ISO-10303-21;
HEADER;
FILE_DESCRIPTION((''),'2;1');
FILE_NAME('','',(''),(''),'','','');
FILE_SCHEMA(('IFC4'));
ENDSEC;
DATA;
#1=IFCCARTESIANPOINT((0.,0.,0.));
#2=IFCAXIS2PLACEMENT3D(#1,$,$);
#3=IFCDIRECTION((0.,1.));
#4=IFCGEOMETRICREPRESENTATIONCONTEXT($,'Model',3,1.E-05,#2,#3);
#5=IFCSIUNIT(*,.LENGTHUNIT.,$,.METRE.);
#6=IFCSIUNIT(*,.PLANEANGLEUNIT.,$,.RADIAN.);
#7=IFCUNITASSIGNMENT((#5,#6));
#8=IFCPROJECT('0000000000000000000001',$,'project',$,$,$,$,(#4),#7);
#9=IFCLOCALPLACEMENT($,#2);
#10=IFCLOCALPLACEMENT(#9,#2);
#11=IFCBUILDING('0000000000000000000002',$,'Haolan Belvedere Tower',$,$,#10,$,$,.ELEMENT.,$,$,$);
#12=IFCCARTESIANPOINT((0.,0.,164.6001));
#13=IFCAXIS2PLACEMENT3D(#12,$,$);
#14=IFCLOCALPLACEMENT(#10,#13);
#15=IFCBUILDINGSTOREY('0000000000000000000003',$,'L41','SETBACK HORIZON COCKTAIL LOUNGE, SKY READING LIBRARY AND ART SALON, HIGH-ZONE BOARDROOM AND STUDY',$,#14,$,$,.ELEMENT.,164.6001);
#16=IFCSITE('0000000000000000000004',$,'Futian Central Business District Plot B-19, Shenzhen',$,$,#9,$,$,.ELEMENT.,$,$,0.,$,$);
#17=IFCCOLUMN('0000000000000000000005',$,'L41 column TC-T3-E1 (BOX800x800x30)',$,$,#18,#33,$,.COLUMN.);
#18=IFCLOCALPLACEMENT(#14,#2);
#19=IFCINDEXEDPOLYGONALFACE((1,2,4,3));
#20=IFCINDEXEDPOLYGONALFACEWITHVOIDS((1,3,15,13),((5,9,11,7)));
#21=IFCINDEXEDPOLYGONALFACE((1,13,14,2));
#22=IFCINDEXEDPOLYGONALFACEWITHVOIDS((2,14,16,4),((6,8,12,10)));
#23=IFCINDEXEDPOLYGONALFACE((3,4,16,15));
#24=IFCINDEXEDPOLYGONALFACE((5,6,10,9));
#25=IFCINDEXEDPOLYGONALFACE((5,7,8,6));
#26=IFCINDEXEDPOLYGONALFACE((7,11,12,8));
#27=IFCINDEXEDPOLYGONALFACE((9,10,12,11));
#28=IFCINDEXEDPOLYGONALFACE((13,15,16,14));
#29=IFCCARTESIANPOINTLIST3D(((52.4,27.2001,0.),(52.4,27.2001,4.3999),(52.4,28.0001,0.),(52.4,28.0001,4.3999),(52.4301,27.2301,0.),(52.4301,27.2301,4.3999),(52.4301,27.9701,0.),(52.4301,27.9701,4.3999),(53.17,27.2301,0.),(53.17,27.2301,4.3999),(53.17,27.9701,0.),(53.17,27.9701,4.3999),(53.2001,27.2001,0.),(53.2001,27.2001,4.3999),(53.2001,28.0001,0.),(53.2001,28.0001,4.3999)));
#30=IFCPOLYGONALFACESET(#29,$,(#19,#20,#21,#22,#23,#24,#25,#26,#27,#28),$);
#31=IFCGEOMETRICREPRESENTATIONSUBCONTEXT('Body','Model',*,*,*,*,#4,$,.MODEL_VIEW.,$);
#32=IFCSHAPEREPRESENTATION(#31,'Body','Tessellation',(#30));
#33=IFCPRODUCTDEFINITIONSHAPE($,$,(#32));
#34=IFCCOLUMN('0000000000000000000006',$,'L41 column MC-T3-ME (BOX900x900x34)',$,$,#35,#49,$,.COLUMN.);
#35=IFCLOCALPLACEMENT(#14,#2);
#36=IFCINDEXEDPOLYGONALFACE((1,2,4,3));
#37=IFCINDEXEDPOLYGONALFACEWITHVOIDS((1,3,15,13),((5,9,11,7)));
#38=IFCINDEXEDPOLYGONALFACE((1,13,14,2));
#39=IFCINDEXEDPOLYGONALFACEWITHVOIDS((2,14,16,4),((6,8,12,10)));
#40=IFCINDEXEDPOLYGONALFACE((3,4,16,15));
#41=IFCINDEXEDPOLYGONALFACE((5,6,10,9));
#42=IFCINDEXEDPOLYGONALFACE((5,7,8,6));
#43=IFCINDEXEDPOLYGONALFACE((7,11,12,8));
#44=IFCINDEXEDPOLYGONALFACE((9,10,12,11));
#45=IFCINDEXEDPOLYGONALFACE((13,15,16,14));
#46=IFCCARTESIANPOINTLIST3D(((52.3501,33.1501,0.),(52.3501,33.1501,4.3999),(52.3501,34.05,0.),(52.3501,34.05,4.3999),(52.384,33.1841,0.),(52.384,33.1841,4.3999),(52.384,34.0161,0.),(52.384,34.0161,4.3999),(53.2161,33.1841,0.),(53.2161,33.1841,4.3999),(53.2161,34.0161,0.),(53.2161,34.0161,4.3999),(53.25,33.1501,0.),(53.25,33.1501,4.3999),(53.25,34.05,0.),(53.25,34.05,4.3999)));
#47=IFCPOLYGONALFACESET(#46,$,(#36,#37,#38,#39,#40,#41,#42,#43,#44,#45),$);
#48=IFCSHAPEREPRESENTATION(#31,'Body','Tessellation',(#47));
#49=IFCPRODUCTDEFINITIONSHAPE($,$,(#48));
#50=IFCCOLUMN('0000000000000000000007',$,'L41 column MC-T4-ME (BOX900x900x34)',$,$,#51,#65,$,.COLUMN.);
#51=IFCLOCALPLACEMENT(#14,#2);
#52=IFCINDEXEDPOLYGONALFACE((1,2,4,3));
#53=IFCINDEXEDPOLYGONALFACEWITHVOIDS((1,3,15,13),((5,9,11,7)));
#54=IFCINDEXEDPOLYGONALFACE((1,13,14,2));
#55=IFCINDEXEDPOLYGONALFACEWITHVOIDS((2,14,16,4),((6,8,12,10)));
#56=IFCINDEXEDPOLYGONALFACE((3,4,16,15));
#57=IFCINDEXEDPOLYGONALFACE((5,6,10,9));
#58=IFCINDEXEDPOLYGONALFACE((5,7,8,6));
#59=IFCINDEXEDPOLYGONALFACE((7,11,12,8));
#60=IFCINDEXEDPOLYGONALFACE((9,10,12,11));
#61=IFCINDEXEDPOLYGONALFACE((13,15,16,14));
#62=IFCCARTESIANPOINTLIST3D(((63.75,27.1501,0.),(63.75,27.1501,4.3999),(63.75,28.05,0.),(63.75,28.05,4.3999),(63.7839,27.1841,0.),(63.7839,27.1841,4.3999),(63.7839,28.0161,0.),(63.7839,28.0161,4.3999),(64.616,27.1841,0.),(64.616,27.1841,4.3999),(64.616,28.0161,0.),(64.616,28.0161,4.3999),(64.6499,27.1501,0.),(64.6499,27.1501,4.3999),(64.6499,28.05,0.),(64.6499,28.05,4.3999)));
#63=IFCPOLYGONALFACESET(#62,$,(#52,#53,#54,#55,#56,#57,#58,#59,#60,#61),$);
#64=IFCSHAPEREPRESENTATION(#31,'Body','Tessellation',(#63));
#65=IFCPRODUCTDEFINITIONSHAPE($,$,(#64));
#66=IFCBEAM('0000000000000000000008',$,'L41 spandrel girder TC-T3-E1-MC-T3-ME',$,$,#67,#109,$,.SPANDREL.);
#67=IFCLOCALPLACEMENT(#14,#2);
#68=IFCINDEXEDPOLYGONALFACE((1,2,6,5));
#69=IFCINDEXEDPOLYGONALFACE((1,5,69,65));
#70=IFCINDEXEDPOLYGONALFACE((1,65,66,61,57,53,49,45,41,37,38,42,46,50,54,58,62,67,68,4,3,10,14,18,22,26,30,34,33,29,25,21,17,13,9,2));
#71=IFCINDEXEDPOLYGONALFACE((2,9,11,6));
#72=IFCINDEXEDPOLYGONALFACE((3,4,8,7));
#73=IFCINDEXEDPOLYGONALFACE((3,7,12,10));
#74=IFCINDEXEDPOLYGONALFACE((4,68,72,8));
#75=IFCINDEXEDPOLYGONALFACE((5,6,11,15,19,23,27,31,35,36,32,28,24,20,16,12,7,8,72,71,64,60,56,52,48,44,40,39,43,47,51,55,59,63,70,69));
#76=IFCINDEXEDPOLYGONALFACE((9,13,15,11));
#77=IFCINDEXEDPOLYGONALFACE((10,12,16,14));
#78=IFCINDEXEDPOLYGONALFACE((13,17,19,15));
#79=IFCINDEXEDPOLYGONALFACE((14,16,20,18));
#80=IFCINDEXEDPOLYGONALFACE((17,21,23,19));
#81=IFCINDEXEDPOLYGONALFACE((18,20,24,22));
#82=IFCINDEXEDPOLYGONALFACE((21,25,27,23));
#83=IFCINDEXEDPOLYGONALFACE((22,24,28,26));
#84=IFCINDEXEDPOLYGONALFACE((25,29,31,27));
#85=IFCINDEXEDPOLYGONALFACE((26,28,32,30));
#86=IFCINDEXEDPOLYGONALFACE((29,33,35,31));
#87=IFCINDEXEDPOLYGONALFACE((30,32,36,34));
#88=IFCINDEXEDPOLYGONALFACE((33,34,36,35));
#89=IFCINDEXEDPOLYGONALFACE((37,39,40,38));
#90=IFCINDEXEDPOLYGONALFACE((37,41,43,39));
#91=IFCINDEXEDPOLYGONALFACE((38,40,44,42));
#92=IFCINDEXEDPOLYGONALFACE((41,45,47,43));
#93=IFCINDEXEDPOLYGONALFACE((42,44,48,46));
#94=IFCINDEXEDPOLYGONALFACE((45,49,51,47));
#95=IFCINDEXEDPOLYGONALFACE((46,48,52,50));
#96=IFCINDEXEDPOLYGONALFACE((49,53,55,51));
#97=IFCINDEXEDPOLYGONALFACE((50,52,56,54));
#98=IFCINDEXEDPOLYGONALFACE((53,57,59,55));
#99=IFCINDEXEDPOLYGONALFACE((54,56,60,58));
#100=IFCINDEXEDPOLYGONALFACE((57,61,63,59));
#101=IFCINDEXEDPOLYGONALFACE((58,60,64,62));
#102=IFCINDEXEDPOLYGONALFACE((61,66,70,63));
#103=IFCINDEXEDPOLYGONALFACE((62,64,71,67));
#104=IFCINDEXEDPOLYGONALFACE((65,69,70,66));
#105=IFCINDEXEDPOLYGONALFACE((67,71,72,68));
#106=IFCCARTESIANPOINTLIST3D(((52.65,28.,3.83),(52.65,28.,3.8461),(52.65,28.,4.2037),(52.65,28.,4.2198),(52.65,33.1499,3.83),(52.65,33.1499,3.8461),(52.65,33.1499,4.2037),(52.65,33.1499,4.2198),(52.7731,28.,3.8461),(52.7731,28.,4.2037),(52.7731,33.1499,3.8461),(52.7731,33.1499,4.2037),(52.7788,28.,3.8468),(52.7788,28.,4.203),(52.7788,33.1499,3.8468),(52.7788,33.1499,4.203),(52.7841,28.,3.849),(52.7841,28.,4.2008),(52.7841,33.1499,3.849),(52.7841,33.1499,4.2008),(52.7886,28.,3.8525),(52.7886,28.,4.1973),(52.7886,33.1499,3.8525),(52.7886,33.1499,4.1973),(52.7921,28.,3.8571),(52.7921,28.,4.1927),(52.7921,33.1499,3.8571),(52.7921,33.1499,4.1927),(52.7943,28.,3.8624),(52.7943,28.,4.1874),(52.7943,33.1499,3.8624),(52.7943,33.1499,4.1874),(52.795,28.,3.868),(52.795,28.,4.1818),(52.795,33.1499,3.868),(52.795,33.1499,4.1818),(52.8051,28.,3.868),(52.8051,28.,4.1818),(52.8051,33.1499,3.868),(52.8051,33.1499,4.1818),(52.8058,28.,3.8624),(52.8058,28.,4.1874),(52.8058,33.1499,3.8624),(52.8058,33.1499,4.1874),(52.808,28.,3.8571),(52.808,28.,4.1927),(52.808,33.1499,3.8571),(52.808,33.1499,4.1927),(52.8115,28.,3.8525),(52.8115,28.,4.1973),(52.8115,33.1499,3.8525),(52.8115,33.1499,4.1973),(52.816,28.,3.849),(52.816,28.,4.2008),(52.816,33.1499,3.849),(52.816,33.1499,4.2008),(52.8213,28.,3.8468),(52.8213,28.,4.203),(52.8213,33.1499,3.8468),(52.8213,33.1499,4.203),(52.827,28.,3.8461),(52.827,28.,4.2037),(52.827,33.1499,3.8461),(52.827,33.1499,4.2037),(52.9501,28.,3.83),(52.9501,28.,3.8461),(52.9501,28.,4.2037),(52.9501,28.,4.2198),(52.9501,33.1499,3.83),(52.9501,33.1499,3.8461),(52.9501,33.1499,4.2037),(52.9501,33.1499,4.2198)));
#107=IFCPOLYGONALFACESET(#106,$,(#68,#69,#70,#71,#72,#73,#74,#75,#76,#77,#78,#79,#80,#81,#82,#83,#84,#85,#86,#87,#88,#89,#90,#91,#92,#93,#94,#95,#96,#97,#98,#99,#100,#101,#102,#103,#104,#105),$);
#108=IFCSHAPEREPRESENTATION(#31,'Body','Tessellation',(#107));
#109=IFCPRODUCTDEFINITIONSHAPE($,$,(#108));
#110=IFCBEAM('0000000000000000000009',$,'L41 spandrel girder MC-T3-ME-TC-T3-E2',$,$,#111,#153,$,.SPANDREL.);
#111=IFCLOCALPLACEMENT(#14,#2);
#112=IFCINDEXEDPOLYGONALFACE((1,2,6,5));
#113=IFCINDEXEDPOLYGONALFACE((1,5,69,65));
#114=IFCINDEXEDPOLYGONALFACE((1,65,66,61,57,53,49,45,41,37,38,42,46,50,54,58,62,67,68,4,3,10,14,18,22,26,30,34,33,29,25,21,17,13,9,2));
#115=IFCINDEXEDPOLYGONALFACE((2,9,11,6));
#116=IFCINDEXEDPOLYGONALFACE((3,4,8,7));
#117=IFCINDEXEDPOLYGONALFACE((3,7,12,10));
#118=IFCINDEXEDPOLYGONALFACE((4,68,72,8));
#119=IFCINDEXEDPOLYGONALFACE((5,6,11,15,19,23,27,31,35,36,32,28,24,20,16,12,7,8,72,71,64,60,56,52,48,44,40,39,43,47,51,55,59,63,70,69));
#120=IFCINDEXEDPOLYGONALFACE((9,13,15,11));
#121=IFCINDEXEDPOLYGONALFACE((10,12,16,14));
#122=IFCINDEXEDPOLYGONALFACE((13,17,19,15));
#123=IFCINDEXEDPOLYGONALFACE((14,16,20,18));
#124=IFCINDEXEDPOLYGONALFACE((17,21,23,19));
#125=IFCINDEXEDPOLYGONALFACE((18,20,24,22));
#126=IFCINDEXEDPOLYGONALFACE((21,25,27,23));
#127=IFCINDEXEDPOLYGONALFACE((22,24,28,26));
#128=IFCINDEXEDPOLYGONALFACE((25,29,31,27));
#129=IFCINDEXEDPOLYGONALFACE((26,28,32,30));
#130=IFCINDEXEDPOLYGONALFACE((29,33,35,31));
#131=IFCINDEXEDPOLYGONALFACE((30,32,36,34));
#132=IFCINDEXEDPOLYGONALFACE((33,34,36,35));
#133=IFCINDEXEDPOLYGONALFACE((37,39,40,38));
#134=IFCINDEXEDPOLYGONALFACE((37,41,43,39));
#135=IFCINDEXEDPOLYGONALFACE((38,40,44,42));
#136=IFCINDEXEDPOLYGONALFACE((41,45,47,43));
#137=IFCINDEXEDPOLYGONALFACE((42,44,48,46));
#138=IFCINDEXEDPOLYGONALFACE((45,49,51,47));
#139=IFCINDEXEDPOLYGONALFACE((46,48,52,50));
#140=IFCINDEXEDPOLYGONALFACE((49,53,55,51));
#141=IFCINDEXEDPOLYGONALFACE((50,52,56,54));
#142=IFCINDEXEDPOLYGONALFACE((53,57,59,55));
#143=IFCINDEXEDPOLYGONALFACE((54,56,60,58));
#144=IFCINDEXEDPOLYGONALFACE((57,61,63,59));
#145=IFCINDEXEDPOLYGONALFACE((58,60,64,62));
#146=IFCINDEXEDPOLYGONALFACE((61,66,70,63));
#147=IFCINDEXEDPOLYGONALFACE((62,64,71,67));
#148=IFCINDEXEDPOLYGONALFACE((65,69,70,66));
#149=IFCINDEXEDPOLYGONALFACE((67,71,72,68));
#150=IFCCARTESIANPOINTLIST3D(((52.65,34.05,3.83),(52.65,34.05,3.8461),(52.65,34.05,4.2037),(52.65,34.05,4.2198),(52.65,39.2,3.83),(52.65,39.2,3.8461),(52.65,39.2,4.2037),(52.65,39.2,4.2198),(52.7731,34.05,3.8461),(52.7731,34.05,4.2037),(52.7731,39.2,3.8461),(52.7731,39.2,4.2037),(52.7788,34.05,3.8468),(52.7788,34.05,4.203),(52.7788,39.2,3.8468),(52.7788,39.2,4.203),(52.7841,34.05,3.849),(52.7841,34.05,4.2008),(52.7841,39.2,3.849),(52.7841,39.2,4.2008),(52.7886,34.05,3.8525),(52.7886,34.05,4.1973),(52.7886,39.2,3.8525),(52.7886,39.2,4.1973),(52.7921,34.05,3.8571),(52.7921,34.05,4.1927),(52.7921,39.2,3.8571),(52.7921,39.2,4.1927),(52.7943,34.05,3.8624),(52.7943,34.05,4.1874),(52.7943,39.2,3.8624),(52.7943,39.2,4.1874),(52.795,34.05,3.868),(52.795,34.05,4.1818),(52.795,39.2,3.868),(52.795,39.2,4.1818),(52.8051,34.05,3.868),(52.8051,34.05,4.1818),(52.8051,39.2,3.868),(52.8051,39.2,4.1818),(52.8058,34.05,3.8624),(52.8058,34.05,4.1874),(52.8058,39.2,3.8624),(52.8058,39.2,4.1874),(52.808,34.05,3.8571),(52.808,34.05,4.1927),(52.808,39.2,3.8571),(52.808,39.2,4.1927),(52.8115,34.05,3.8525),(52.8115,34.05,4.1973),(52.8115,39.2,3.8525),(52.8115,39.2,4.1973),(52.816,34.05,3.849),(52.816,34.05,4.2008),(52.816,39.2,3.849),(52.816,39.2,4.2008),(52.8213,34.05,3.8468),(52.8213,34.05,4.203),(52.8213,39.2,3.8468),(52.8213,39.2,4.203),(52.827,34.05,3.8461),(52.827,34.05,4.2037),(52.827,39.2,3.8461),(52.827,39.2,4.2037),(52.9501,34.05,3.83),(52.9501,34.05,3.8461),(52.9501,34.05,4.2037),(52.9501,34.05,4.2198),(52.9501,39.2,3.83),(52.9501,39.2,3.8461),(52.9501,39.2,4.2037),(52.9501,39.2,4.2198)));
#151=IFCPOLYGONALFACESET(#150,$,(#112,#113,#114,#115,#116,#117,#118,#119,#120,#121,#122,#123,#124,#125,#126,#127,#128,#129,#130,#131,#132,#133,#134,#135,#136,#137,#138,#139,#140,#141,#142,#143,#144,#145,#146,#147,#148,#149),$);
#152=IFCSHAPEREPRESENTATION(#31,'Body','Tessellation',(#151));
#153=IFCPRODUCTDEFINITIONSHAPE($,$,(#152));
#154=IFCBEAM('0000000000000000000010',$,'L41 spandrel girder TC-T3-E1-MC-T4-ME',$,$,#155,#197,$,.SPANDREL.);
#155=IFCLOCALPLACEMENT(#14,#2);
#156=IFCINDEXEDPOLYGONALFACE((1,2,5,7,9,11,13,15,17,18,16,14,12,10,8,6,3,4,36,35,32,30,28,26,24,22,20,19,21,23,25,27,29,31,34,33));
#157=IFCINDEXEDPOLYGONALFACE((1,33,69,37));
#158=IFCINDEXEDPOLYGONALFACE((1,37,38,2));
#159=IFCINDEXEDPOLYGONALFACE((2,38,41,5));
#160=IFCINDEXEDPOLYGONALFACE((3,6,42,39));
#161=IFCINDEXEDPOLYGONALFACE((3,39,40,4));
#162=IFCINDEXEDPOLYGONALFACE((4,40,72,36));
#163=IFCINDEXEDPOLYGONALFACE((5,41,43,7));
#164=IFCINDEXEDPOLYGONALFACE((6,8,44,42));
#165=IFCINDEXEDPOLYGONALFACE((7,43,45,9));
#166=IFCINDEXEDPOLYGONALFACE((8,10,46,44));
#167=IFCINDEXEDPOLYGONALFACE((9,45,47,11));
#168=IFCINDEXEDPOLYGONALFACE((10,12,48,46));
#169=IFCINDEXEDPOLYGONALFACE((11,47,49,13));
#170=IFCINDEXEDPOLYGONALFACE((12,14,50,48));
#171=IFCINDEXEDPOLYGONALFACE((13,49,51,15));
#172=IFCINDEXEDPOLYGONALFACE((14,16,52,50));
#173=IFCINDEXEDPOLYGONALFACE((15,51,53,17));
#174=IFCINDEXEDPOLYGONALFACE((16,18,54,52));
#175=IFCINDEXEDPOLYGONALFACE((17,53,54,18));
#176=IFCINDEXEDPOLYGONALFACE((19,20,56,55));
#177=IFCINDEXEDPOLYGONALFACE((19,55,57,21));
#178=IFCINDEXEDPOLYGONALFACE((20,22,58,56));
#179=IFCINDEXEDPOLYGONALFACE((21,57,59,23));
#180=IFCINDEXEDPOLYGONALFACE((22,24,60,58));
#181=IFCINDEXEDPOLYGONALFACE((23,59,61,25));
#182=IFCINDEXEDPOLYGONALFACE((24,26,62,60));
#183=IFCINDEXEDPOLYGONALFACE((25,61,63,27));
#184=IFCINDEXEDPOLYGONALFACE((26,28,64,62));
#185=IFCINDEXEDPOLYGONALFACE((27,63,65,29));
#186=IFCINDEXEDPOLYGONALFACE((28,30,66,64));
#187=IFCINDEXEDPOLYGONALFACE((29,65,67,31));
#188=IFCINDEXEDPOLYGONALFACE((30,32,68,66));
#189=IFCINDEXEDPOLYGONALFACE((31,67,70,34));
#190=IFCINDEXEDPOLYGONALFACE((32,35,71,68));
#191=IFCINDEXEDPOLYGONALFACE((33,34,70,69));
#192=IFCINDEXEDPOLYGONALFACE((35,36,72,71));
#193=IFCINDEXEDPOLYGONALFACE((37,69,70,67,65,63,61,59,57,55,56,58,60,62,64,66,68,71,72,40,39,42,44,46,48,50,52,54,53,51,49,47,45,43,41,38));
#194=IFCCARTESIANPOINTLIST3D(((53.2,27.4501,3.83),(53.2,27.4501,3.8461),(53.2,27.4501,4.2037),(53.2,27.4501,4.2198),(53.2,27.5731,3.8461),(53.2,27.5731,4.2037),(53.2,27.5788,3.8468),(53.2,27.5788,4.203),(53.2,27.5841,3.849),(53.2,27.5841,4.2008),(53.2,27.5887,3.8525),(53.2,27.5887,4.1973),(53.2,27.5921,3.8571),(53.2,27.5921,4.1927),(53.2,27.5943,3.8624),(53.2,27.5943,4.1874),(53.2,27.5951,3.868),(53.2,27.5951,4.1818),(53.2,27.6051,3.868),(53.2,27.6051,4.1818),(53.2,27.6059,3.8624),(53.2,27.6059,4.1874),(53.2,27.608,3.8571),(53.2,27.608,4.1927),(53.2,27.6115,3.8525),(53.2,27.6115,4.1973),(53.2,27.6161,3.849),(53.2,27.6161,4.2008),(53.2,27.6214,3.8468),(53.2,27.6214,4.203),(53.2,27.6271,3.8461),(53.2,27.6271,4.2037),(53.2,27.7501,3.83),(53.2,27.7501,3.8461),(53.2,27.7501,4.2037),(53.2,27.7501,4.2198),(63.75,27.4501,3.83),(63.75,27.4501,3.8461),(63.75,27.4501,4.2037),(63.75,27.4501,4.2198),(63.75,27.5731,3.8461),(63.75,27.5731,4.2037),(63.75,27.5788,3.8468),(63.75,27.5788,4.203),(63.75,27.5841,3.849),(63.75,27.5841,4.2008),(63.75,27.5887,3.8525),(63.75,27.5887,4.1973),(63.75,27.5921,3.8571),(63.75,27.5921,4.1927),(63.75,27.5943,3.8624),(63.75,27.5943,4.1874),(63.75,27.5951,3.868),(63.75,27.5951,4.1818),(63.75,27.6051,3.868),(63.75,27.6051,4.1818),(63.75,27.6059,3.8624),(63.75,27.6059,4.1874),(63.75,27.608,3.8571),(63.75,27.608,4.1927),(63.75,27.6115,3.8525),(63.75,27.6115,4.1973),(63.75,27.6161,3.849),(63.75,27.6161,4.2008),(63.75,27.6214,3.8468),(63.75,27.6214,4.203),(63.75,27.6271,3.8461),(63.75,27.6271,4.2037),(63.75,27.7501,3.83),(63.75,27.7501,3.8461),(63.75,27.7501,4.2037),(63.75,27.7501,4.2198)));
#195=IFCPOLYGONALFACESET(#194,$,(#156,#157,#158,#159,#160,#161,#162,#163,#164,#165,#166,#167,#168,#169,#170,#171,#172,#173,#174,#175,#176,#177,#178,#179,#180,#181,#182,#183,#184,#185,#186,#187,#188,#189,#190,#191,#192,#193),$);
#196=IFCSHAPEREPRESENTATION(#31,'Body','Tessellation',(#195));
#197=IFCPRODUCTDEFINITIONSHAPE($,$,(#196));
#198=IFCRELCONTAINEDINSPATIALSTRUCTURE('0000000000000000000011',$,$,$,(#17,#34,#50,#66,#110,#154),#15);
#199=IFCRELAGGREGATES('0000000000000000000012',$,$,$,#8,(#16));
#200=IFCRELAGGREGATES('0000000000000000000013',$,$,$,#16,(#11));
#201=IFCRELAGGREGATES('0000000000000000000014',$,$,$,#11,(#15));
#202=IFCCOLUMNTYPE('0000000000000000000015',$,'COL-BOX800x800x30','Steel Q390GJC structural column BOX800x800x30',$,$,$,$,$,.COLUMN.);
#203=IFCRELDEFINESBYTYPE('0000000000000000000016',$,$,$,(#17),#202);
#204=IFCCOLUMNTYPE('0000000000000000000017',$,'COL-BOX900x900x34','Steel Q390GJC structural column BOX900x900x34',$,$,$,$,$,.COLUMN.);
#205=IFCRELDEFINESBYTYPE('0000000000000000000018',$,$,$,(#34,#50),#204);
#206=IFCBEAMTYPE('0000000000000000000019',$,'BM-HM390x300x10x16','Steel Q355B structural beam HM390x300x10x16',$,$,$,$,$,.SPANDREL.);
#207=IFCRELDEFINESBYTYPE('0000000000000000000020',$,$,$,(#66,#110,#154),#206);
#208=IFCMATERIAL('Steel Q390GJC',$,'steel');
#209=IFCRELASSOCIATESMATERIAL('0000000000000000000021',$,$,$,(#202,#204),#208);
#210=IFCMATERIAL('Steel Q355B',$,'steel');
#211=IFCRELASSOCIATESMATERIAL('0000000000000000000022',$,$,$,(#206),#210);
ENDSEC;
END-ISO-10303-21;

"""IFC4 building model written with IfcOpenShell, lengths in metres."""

from ifc_helpers import new_model, si_unit, direction, frame, origin, origin_2d, place, context, subcontext, project, spatial, hollow_rectangle, i_section, extrude, material, material_profile, profile_set, type_object, element, save


model = new_model("IFC4")

# Units and contexts
model_context = context("Model", 3, precision=1e-05, world=origin(), true_north=direction((0.0, 1.0)))
body_context = subcontext(model_context, "Body", "Model", "MODEL_VIEW")
ifc_project = project(units=[si_unit("LENGTHUNIT", "METRE"), si_unit("PLANEANGLEUNIT", "RADIAN")], contexts=[model_context])

# Site, building, storey
site_placement = place(None, origin())
site = spatial("IfcSite", under=ifc_project, at=site_placement, Name="Futian Central Business District Plot B-19, Shenzhen", CompositionType="ELEMENT", RefElevation=0.0)
building_placement = place(site_placement, origin())
building = spatial("IfcBuilding", under=site, at=building_placement, Name="Haolan Belvedere Tower", CompositionType="ELEMENT")
storey_placement = place(building_placement, frame((0.0, 0.0, 164.6001)))
storey = spatial("IfcBuildingStorey", under=building, at=storey_placement, Name="L41", Description="SETBACK HORIZON COCKTAIL LOUNGE, SKY READING LIBRARY AND ART SALON, HIGH-ZONE BOARDROOM AND STUDY", CompositionType="ELEMENT", Elevation=164.6001)

# Columns
ifc_material_1 = material(Name="Steel Q390GJC", Category="steel")
ifc_material_profile_1 = material_profile(ifc_material_1, hollow_rectangle(XDim=0.8, YDim=0.8, WallThickness=0.03, at=origin_2d()), Name="Steel Q390GJC")
ifc_profile_set_1 = profile_set([ifc_material_profile_1], Name="Steel Q390GJC")
column_type_1 = type_object("IfcColumnType", Name="COL-BOX800x800x30", Description="Steel Q390GJC structural column BOX800x800x30", PredefinedType="COLUMN", material=ifc_profile_set_1)
column_placement = place(storey_placement, frame((52.8, 27.6001, 0.0), z_axis=(0.0, 0.0, 1.0), x_axis=(1.0, 0.0, 0.0)))
element("IfcColumn", 1, at=column_placement, inside=storey, type_object=column_type_1, Name="L41 column TC-T3-E1 (BOX800x800x30)", PredefinedType="COLUMN", context=body_context, shape_type="SweptSolid", body=[
    extrude(hollow_rectangle(XDim=0.8, YDim=0.8, WallThickness=0.03, at=origin_2d()), origin(), (0.0, 0.0, 1.0), 4.3999),
])
ifc_material_profile_2 = material_profile(ifc_material_1, hollow_rectangle(XDim=0.8999, YDim=0.8999, WallThickness=0.0339, at=origin_2d()), Name="Steel Q390GJC")
ifc_profile_set_2 = profile_set([ifc_material_profile_2], Name="Steel Q390GJC")
column_type_2 = type_object("IfcColumnType", Name="COL-BOX900x900x34", Description="Steel Q390GJC structural column BOX900x900x34", PredefinedType="COLUMN", material=ifc_profile_set_2)
for number, where, z_axis, x_axis, name in (
    (2, (52.8, 33.6001, 0.0), (0.0, 0.0, 1.0), (1.0, 0.0, 0.0), "L41 column MC-T3-ME (BOX900x900x34)"),
    (3, (64.2, 27.6001, 0.0), (0.0, 0.0, 1.0), (1.0, 0.0, 0.0), "L41 column MC-T4-ME (BOX900x900x34)"),
):
    element("IfcColumn", number, at=place(storey_placement, frame(where, z_axis=z_axis, x_axis=x_axis)), inside=storey, type_object=column_type_2, Name=name, PredefinedType="COLUMN", context=body_context, shape_type="SweptSolid", body=[
        extrude(hollow_rectangle(XDim=0.8999, YDim=0.8999, WallThickness=0.0339, at=origin_2d()), origin(), (0.0, 0.0, 1.0), 4.3999),
    ])

# Beams
ifc_material_2 = material(Name="Steel Q355B", Category="steel")
ifc_material_profile_3 = material_profile(ifc_material_2, i_section(OverallWidth=0.3, OverallDepth=0.3899, WebThickness=0.01, FlangeThickness=0.0161, FilletRadius=0.022, at=origin_2d()), Name="Steel Q355B")
ifc_profile_set_3 = profile_set([ifc_material_profile_3], Name="Steel Q355B")
beam_type_1 = type_object("IfcBeamType", Name="BM-HM390x300x10x16", Description="Steel Q355B structural beam HM390x300x10x16", PredefinedType="SPANDREL", material=ifc_profile_set_3)
for number, where, z_axis, x_axis, name in (
    (4, (52.8, 28.0, 4.0249), (0.0, 1.0, 0.0), (-1.0, 0.0, 0.0), "L41 spandrel girder TC-T3-E1-MC-T3-ME"),
    (5, (52.8, 34.05, 4.0249), (0.0, 1.0, 0.0), (-1.0, 0.0, 0.0), "L41 spandrel girder MC-T3-ME-TC-T3-E2"),
):
    element("IfcBeam", number, at=place(storey_placement, frame(where, z_axis=z_axis, x_axis=x_axis)), inside=storey, type_object=beam_type_1, Name=name, PredefinedType="SPANDREL", context=body_context, shape_type="SweptSolid", body=[
        extrude(i_section(OverallWidth=0.3, OverallDepth=0.3899, WebThickness=0.01, FlangeThickness=0.0161, FilletRadius=0.022, at=origin_2d()), origin(), (0.0, 0.0, 1.0), 5.1499),
    ])
beam_1_placement = place(storey_placement, frame((53.2, 27.6001, 4.0249), z_axis=(1.0, 0.0, 0.0), x_axis=(0.0, 1.0, 0.0)))
element("IfcBeam", 6, at=beam_1_placement, inside=storey, type_object=beam_type_1, Name="L41 spandrel girder TC-T3-E1-MC-T4-ME", PredefinedType="SPANDREL", context=body_context, shape_type="SweptSolid", body=[
    extrude(i_section(OverallWidth=0.3, OverallDepth=0.3899, WebThickness=0.01, FlangeThickness=0.0161, FilletRadius=0.022, at=origin_2d()), origin(), (0.0, 0.0, 1.0), 10.55),
])

save(model, "model.ifc")
